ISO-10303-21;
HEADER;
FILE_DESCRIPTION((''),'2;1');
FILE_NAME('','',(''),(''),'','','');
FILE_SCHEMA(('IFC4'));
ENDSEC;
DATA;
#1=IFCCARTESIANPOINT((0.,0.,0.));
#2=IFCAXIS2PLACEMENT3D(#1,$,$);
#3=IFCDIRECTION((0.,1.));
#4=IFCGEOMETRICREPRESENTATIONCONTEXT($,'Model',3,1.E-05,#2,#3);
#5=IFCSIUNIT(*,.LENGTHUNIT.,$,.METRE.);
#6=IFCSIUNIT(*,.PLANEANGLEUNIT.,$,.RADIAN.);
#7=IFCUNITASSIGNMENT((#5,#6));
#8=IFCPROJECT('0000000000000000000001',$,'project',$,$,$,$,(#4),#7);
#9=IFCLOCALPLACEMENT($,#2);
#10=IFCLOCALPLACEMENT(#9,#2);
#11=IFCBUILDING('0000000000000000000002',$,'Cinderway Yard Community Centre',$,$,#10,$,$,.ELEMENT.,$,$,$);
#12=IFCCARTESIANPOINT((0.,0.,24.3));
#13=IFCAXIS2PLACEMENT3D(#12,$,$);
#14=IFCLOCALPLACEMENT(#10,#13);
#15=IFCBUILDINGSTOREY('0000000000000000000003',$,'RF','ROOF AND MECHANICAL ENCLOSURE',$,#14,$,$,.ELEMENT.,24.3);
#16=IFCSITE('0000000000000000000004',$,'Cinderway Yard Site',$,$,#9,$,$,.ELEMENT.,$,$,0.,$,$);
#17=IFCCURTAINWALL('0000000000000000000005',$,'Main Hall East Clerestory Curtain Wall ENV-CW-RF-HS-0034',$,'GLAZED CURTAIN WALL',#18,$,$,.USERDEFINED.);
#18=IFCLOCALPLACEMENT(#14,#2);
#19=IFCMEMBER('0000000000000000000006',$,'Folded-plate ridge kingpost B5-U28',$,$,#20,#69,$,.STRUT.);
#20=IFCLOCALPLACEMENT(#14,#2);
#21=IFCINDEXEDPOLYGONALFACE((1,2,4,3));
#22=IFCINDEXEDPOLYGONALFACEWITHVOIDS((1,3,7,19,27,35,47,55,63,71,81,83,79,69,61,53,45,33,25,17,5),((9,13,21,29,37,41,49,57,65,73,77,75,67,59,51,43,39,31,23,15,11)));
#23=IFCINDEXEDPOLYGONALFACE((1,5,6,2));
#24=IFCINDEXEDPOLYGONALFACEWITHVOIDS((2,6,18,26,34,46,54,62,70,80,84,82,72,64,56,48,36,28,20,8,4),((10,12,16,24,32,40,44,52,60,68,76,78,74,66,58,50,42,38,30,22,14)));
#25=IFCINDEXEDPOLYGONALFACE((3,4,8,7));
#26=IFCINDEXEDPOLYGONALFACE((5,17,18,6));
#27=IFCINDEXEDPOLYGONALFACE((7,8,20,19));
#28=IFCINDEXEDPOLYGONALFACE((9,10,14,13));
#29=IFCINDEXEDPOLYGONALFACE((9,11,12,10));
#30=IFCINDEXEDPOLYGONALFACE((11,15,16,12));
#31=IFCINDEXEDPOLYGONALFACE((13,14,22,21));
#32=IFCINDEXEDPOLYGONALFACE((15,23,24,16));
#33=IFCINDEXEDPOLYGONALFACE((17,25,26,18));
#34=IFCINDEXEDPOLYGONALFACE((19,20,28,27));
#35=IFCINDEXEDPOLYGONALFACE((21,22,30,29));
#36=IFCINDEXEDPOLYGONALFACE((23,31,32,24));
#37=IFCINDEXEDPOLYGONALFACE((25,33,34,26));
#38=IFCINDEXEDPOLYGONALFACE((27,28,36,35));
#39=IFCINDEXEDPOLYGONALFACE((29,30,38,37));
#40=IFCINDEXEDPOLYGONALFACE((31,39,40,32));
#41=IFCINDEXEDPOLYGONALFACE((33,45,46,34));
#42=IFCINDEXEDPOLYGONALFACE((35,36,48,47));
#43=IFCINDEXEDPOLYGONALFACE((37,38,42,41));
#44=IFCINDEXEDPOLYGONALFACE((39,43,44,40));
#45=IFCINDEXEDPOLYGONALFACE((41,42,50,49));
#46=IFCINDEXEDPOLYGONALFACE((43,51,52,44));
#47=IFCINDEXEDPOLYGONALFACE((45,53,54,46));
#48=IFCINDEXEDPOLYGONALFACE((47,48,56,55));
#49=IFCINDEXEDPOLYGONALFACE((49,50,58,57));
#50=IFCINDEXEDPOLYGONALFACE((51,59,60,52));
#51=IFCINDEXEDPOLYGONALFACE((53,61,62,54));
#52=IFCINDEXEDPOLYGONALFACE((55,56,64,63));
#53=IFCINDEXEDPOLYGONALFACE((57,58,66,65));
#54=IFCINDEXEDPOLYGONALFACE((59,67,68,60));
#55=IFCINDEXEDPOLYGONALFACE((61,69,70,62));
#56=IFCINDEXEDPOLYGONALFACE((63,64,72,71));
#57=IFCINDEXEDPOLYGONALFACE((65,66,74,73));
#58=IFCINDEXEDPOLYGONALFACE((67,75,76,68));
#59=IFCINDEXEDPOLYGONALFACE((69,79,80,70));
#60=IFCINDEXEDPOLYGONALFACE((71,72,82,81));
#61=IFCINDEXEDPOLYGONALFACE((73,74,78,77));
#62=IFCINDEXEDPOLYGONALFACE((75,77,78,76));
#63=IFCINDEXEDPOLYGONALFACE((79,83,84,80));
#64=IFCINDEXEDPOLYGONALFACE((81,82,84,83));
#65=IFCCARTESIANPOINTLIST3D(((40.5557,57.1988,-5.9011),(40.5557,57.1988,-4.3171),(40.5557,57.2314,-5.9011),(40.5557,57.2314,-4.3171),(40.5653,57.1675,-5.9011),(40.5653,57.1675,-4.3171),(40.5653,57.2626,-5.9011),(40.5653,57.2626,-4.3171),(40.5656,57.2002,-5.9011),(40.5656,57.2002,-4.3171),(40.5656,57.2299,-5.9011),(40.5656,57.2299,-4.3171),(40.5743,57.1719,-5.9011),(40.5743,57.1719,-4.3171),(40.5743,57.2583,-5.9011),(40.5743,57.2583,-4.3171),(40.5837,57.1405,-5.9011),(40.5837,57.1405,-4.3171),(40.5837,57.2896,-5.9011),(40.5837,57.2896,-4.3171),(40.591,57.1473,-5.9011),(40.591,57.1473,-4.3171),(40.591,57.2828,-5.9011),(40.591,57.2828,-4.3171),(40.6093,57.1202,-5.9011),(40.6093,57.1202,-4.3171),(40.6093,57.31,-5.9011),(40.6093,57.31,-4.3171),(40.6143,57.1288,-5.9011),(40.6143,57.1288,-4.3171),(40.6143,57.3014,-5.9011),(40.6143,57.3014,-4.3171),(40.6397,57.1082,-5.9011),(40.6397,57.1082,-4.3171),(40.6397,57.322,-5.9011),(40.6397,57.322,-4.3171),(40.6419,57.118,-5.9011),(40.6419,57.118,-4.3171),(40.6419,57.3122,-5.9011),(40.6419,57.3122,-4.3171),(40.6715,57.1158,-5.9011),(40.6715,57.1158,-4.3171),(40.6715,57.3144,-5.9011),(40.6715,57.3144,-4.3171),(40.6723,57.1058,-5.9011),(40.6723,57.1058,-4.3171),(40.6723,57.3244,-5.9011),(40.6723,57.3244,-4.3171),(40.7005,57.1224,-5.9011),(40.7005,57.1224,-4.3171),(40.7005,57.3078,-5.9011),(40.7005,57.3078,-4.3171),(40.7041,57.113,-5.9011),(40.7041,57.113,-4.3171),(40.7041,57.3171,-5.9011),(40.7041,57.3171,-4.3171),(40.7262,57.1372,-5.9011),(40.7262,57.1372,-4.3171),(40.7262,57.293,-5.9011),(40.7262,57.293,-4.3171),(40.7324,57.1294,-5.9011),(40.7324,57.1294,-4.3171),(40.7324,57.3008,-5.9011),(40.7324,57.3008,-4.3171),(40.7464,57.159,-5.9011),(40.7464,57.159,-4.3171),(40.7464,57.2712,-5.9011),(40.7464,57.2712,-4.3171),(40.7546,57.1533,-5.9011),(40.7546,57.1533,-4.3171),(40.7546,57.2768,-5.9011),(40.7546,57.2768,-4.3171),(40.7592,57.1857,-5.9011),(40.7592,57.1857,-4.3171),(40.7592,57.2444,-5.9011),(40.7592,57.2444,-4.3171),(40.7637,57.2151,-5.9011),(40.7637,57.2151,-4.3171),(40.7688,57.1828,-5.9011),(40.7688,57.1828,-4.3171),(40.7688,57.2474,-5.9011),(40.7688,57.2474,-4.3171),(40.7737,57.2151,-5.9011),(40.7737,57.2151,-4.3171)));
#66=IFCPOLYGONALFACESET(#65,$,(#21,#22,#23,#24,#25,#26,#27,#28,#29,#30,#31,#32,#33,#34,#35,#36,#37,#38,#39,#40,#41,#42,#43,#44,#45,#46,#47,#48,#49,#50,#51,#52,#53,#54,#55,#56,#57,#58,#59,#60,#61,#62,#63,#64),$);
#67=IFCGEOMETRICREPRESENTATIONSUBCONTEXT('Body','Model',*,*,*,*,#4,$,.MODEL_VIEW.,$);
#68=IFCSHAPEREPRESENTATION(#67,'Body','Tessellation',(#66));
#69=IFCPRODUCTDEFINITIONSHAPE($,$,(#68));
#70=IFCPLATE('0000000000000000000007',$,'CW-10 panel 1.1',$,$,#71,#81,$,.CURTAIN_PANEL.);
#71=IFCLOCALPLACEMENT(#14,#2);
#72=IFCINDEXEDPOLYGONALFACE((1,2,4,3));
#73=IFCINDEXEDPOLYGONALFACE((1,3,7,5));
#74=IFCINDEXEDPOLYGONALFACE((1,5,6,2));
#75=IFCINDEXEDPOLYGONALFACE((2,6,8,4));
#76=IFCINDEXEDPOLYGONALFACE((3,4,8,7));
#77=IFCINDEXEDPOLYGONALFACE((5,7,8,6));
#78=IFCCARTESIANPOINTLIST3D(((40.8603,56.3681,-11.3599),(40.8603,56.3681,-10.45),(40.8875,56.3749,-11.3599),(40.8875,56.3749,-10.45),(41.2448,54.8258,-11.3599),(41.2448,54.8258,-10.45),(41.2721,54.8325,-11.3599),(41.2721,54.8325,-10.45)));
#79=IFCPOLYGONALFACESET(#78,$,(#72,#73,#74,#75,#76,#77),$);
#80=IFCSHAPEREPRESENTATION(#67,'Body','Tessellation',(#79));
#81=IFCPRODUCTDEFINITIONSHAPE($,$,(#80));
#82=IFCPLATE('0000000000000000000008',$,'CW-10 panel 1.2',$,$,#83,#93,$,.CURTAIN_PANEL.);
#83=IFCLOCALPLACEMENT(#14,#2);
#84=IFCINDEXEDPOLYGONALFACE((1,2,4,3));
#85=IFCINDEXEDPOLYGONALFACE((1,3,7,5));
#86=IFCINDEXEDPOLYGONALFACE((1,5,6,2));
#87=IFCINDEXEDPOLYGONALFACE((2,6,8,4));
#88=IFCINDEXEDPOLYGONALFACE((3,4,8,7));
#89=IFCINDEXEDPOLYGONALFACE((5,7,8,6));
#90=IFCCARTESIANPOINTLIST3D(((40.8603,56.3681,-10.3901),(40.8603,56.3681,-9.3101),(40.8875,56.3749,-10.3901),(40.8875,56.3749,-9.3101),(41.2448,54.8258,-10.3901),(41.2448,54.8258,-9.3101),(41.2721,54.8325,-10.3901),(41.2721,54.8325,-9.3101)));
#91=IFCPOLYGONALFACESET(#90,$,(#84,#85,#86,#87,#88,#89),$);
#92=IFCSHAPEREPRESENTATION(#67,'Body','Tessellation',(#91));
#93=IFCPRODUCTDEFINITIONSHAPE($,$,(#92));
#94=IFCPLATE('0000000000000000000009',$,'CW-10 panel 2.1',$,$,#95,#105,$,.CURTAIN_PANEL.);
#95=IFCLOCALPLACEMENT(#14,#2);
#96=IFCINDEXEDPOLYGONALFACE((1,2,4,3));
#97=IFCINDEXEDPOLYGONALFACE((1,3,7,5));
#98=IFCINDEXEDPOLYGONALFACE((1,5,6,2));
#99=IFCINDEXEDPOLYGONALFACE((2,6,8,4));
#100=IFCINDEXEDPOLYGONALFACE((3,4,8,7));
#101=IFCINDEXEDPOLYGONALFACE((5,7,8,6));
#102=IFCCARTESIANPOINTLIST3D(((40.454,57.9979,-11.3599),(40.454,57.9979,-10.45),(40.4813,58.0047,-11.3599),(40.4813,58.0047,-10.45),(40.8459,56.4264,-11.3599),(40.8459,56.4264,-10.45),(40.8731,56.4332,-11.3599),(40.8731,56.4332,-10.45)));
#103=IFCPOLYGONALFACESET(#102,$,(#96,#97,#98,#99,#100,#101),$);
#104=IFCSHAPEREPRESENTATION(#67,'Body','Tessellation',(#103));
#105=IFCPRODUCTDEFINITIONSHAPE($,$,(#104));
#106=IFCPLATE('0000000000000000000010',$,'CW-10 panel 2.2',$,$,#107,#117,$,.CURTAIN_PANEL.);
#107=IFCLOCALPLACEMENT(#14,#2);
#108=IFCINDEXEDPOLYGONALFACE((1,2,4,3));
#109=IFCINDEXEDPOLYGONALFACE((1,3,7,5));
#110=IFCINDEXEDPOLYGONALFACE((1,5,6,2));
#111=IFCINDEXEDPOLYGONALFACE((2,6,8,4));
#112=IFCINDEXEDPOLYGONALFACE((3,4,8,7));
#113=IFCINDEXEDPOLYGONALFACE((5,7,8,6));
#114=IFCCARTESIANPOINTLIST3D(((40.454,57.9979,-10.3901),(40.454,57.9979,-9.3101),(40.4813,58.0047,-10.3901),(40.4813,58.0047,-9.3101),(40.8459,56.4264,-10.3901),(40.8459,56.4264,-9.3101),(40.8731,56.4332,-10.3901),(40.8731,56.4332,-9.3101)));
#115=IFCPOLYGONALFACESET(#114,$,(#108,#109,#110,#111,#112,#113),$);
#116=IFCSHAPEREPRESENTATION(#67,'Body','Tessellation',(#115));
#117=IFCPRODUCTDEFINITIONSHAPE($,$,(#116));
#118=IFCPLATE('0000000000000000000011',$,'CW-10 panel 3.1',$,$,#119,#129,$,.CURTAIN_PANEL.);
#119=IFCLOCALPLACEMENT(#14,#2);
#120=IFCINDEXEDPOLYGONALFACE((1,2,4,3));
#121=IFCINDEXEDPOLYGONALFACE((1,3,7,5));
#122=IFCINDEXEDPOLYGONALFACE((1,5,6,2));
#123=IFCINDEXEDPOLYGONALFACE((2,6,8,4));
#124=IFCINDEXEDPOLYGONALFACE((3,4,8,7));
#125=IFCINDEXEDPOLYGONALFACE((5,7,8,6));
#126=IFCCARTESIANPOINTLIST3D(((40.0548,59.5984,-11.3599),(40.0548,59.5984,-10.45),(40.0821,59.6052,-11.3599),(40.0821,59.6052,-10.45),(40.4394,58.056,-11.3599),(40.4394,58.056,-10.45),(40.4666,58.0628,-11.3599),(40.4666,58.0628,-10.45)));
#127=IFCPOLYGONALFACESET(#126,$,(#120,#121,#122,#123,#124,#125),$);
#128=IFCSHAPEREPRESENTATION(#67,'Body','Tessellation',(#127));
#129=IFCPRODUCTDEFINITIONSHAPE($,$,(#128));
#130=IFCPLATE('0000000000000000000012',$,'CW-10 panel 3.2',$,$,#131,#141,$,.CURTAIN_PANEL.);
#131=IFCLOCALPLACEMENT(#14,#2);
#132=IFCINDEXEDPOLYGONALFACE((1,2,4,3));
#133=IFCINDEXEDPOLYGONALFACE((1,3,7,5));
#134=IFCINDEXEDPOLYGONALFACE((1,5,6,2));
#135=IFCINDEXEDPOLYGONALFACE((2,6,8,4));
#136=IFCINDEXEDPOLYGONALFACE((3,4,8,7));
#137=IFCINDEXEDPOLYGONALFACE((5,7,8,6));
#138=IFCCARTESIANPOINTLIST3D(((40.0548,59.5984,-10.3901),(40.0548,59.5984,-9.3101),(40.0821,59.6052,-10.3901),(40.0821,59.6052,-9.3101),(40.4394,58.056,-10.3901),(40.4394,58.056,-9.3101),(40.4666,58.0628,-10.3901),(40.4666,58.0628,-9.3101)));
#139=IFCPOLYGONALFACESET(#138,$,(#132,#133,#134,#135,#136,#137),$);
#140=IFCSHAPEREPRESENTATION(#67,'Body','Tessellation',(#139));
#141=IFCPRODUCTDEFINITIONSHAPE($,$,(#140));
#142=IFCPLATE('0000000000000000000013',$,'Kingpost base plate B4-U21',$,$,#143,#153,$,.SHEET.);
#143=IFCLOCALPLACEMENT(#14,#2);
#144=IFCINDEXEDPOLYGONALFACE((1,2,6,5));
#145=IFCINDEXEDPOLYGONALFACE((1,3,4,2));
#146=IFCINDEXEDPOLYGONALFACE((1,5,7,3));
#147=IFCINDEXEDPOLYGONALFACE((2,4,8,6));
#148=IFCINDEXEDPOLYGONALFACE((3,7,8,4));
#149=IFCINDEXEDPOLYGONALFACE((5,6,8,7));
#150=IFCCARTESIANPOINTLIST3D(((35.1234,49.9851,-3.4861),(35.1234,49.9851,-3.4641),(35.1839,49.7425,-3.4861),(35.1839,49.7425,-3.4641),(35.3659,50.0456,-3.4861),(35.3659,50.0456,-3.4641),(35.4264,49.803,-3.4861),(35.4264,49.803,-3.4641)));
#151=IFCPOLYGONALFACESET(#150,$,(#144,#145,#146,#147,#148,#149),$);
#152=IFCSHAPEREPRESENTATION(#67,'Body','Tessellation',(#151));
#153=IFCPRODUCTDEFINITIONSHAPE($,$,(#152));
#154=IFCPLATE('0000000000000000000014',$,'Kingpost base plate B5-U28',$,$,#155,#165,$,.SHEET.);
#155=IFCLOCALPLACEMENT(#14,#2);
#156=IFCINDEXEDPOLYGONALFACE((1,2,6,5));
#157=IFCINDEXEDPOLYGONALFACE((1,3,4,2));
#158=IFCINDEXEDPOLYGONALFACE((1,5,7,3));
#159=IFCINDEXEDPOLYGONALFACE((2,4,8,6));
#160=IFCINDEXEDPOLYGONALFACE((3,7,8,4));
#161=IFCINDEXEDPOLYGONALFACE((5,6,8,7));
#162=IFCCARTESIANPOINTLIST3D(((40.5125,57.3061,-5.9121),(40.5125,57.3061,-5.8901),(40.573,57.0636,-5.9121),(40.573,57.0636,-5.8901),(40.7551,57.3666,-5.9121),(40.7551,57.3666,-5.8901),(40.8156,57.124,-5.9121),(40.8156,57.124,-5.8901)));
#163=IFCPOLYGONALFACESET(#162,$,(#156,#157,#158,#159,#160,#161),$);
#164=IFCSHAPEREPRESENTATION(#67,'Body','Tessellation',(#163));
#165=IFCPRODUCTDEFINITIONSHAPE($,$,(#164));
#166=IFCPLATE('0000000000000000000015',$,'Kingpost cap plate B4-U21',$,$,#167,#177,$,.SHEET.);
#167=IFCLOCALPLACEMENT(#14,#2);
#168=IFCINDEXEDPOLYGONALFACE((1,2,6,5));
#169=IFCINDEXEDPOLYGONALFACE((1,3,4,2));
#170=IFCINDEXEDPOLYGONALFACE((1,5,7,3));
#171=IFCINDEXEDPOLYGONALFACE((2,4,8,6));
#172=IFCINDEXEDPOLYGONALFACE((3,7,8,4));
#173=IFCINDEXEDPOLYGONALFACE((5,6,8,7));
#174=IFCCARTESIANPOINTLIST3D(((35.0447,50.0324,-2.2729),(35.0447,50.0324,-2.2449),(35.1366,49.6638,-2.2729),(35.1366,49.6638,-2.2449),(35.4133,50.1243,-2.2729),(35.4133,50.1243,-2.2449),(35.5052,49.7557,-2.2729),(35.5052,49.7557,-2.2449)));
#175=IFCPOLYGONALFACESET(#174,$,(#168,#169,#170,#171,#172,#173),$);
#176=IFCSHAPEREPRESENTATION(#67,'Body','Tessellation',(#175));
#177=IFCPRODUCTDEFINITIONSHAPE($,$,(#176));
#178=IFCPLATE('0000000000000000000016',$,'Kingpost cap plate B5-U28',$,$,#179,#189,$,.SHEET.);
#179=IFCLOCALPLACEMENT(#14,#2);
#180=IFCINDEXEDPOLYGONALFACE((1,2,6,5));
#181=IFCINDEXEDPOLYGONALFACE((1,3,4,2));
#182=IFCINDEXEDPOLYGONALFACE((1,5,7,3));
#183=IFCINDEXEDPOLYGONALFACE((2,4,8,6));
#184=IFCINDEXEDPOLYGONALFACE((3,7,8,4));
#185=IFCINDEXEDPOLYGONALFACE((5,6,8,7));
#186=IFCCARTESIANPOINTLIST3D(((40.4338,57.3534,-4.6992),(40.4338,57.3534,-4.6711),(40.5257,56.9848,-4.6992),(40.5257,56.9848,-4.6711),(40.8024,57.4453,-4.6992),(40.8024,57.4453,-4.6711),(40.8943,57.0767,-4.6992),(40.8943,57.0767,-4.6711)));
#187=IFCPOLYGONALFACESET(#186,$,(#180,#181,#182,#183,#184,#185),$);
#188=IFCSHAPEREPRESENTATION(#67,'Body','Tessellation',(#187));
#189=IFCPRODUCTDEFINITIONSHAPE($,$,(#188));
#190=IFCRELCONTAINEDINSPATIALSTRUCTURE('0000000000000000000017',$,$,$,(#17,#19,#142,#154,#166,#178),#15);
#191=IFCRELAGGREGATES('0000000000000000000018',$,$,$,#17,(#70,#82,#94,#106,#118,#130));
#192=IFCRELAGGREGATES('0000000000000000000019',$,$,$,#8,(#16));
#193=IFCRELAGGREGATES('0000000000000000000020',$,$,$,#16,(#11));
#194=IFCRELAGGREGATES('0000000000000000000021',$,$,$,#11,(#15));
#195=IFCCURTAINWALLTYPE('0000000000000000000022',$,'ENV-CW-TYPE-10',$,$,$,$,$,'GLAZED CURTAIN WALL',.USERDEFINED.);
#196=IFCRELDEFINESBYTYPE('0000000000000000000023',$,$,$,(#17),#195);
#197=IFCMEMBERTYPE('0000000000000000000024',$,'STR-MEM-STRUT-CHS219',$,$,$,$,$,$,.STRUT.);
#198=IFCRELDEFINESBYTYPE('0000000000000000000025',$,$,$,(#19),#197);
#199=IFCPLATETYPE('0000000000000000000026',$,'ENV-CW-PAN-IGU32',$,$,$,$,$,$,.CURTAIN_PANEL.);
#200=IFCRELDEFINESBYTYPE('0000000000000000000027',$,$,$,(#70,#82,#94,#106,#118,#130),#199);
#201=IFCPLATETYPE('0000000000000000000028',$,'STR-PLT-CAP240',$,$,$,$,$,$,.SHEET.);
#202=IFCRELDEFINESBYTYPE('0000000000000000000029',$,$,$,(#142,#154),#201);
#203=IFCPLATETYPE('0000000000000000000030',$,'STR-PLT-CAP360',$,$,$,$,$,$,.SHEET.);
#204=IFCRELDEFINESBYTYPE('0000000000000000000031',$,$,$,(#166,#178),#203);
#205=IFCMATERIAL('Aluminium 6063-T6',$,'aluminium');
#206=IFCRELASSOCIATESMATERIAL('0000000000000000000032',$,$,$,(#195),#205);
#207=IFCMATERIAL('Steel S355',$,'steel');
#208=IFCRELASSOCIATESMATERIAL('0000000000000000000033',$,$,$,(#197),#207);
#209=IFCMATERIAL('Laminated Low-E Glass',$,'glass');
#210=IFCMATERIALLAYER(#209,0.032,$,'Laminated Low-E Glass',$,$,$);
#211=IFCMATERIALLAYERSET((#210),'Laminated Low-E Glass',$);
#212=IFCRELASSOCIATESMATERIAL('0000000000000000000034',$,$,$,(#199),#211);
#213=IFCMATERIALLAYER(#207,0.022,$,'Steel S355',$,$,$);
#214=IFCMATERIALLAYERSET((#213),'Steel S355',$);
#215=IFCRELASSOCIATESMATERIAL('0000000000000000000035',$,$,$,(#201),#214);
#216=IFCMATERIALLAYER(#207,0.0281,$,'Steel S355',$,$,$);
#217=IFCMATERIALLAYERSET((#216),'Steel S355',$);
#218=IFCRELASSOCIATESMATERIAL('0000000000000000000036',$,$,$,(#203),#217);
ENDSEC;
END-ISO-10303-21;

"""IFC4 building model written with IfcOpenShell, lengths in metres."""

from ifc_helpers import new_model, si_unit, direction, frame, origin, origin_2d, place, context, subcontext, project, spatial, rectangle, hollow_circle, extrude, material, layer, layer_set, material_profile, profile_set, type_object, element, aggregate, save


model = new_model("IFC4")

# Units and contexts
model_context = context("Model", 3, precision=1e-05, world=origin(), true_north=direction((0.0, 1.0)))
body_context = subcontext(model_context, "Body", "Model", "MODEL_VIEW")
ifc_project = project(units=[si_unit("LENGTHUNIT", "METRE"), si_unit("PLANEANGLEUNIT", "RADIAN")], contexts=[model_context])

# Site, building, storey
site_placement = place(None, origin())
site = spatial("IfcSite", under=ifc_project, at=site_placement, Name="Cinderway Yard Site", CompositionType="ELEMENT", RefElevation=0.0)
building_placement = place(site_placement, origin())
building = spatial("IfcBuilding", under=site, at=building_placement, Name="Cinderway Yard Community Centre", CompositionType="ELEMENT")
storey_placement = place(building_placement, frame((0.0, 0.0, 24.3)))
storey = spatial("IfcBuildingStorey", under=building, at=storey_placement, Name="RF", Description="ROOF AND MECHANICAL ENCLOSURE", CompositionType="ELEMENT", Elevation=24.3)

# Curtain wall
ifc_material_1 = material(Name="Aluminium 6063-T6", Category="aluminium")
curtain_wall_type = type_object("IfcCurtainWallType", Name="ENV-CW-TYPE-10", ElementType="GLAZED CURTAIN WALL", PredefinedType="USERDEFINED", material=ifc_material_1)
curtain_wall_placement = place(storey_placement, origin())
curtain_wall = element("IfcCurtainWall", 1, at=curtain_wall_placement, inside=storey, type_object=curtain_wall_type, Name="Main Hall East Clerestory Curtain Wall ENV-CW-RF-HS-0034", ObjectType="GLAZED CURTAIN WALL", PredefinedType="USERDEFINED")

# Shared definitions
ifc_material_2 = material(Name="Steel S355", Category="steel")

# Member
ifc_material_profile_1 = material_profile(ifc_material_2, hollow_circle(Radius=0.1096, WallThickness=0.01, at=origin_2d()), Name="Steel S355")
ifc_profile_set_1 = profile_set([ifc_material_profile_1], Name="Steel S355")
member_type_1 = type_object("IfcMemberType", Name="STR-MEM-STRUT-CHS219", PredefinedType="STRUT", material=ifc_profile_set_1)
for number, where, z_axis, x_axis, name in (
    (2, (40.6641, 57.2151, -5.9011), (0.0, 0.0, 1.0), (1.0, 0.0, 0.0), "Folded-plate ridge kingpost B5-U28"),
):
    element("IfcMember", number, at=place(storey_placement, frame(where, z_axis=z_axis, x_axis=x_axis)), inside=storey, type_object=member_type_1, Name=name, PredefinedType="STRUT", context=body_context, shape_type="SweptSolid", body=[
        extrude(hollow_circle(Radius=0.1096, WallThickness=0.01, at=origin_2d()), origin(), (0.0, 0.0, 1.0), 1.584),
    ])

# Plates
ifc_material_3 = material(Name="Laminated Low-E Glass", Category="glass")
ifc_layer_1 = layer(ifc_material_3, 0.032, Name="Laminated Low-E Glass")
ifc_layer_set_1 = layer_set([ifc_layer_1], Name="Laminated Low-E Glass")
plate_type_1 = type_object("IfcPlateType", Name="ENV-CW-PAN-IGU32", PredefinedType="CURTAIN_PANEL", material=ifc_layer_set_1)
plate_1_placement = place(storey_placement, frame((41.0662, 55.6003, -11.3599), z_axis=(0.0, 0.0, 1.0), x_axis=(-0.241929, 0.970294, 0.0)))
plate_1 = element("IfcPlate", 3, at=plate_1_placement, type_object=plate_type_1, Name="CW-10 panel 1.1", PredefinedType="CURTAIN_PANEL", context=body_context, shape_type="SweptSolid", body=[
    extrude(rectangle(XDim=1.5896, YDim=0.0281, at=origin_2d()), origin(), (0.0, 0.0, 1.0), 0.9099),
])
plate_2_placement = place(storey_placement, frame((41.0662, 55.6003, -10.3901), z_axis=(0.0, 0.0, 1.0), x_axis=(-0.241929, 0.970294, 0.0)))
plate_2 = element("IfcPlate", 4, at=plate_2_placement, type_object=plate_type_1, Name="CW-10 panel 1.2", PredefinedType="CURTAIN_PANEL", context=body_context, shape_type="SweptSolid", body=[
    extrude(rectangle(XDim=1.5896, YDim=0.0281, at=origin_2d()), origin(), (0.0, 0.0, 1.0), 1.0801),
])
plate_3_placement = place(storey_placement, frame((40.6636, 57.2156, -11.3599), z_axis=(0.0, 0.0, 1.0), x_axis=(-0.241929, 0.970294, 0.0)))
plate_3 = element("IfcPlate", 5, at=plate_3_placement, type_object=plate_type_1, Name="CW-10 panel 2.1", PredefinedType="CURTAIN_PANEL", context=body_context, shape_type="SweptSolid", body=[
    extrude(rectangle(XDim=1.6196, YDim=0.0281, at=origin_2d()), origin(), (0.0, 0.0, 1.0), 0.9099),
])
plate_4_placement = place(storey_placement, frame((40.6636, 57.2156, -10.3901), z_axis=(0.0, 0.0, 1.0), x_axis=(-0.241929, 0.970294, 0.0)))
plate_4 = element("IfcPlate", 6, at=plate_4_placement, type_object=plate_type_1, Name="CW-10 panel 2.2", PredefinedType="CURTAIN_PANEL", context=body_context, shape_type="SweptSolid", body=[
    extrude(rectangle(XDim=1.6196, YDim=0.0281, at=origin_2d()), origin(), (0.0, 0.0, 1.0), 1.0801),
])
plate_5_placement = place(storey_placement, frame((40.2607, 58.8306, -11.3599), z_axis=(0.0, 0.0, 1.0), x_axis=(-0.241929, 0.970294, 0.0)))
plate_5 = element("IfcPlate", 7, at=plate_5_placement, type_object=plate_type_1, Name="CW-10 panel 3.1", PredefinedType="CURTAIN_PANEL", context=body_context, shape_type="SweptSolid", body=[
    extrude(rectangle(XDim=1.5896, YDim=0.0281, at=origin_2d()), origin(), (0.0, 0.0, 1.0), 0.9099),
])
plate_6_placement = place(storey_placement, frame((40.2607, 58.8306, -10.3901), z_axis=(0.0, 0.0, 1.0), x_axis=(-0.241929, 0.970294, 0.0)))
plate_6 = element("IfcPlate", 8, at=plate_6_placement, type_object=plate_type_1, Name="CW-10 panel 3.2", PredefinedType="CURTAIN_PANEL", context=body_context, shape_type="SweptSolid", body=[
    extrude(rectangle(XDim=1.5896, YDim=0.0281, at=origin_2d()), origin(), (0.0, 0.0, 1.0), 1.0801),
])
aggregate(curtain_wall, [plate_1, plate_2, plate_3, plate_4, plate_5, plate_6])

# Plates
ifc_layer_2 = layer(ifc_material_2, 0.022, Name="Steel S355")
ifc_layer_set_2 = layer_set([ifc_layer_2], Name="Steel S355")
plate_type_2 = type_object("IfcPlateType", Name="STR-PLT-CAP240", PredefinedType="SHEET", material=ifc_layer_set_2)
for number, where, z_axis, x_axis, name in (
    (9, (35.2749, 49.894, -3.4861), (0.0, 0.0, 1.0), (0.970296, 0.241922, 0.0), "Kingpost base plate B4-U21"),
    (10, (40.6641, 57.2151, -5.9121), (0.0, 0.0, 1.0), (0.970296, 0.241922, 0.0), "Kingpost base plate B5-U28"),
):
    element("IfcPlate", number, at=place(storey_placement, frame(where, z_axis=z_axis, x_axis=x_axis)), inside=storey, type_object=plate_type_2, Name=name, PredefinedType="SHEET", context=body_context, shape_type="SweptSolid", body=[
        extrude(rectangle(XDim=0.25, YDim=0.25, at=origin_2d()), origin(), (0.0, 0.0, 1.0), 0.022),
    ])
ifc_layer_3 = layer(ifc_material_2, 0.0281, Name="Steel S355")
ifc_layer_set_3 = layer_set([ifc_layer_3], Name="Steel S355")
plate_type_3 = type_object("IfcPlateType", Name="STR-PLT-CAP360", PredefinedType="SHEET", material=ifc_layer_set_3)
for number, where, z_axis, x_axis, name in (
    (11, (35.2749, 49.894, -2.2729), (0.0, 0.0, 1.0), (0.970296, 0.241922, 0.0), "Kingpost cap plate B4-U21"),
    (12, (40.6641, 57.2151, -4.6992), (0.0, 0.0, 1.0), (0.970296, 0.241922, 0.0), "Kingpost cap plate B5-U28"),
):
    element("IfcPlate", number, at=place(storey_placement, frame(where, z_axis=z_axis, x_axis=x_axis)), inside=storey, type_object=plate_type_3, Name=name, PredefinedType="SHEET", context=body_context, shape_type="SweptSolid", body=[
        extrude(rectangle(XDim=0.3799, YDim=0.3799, at=origin_2d()), origin(), (0.0, 0.0, 1.0), 0.0281),
    ])

save(model, "model.ifc")
